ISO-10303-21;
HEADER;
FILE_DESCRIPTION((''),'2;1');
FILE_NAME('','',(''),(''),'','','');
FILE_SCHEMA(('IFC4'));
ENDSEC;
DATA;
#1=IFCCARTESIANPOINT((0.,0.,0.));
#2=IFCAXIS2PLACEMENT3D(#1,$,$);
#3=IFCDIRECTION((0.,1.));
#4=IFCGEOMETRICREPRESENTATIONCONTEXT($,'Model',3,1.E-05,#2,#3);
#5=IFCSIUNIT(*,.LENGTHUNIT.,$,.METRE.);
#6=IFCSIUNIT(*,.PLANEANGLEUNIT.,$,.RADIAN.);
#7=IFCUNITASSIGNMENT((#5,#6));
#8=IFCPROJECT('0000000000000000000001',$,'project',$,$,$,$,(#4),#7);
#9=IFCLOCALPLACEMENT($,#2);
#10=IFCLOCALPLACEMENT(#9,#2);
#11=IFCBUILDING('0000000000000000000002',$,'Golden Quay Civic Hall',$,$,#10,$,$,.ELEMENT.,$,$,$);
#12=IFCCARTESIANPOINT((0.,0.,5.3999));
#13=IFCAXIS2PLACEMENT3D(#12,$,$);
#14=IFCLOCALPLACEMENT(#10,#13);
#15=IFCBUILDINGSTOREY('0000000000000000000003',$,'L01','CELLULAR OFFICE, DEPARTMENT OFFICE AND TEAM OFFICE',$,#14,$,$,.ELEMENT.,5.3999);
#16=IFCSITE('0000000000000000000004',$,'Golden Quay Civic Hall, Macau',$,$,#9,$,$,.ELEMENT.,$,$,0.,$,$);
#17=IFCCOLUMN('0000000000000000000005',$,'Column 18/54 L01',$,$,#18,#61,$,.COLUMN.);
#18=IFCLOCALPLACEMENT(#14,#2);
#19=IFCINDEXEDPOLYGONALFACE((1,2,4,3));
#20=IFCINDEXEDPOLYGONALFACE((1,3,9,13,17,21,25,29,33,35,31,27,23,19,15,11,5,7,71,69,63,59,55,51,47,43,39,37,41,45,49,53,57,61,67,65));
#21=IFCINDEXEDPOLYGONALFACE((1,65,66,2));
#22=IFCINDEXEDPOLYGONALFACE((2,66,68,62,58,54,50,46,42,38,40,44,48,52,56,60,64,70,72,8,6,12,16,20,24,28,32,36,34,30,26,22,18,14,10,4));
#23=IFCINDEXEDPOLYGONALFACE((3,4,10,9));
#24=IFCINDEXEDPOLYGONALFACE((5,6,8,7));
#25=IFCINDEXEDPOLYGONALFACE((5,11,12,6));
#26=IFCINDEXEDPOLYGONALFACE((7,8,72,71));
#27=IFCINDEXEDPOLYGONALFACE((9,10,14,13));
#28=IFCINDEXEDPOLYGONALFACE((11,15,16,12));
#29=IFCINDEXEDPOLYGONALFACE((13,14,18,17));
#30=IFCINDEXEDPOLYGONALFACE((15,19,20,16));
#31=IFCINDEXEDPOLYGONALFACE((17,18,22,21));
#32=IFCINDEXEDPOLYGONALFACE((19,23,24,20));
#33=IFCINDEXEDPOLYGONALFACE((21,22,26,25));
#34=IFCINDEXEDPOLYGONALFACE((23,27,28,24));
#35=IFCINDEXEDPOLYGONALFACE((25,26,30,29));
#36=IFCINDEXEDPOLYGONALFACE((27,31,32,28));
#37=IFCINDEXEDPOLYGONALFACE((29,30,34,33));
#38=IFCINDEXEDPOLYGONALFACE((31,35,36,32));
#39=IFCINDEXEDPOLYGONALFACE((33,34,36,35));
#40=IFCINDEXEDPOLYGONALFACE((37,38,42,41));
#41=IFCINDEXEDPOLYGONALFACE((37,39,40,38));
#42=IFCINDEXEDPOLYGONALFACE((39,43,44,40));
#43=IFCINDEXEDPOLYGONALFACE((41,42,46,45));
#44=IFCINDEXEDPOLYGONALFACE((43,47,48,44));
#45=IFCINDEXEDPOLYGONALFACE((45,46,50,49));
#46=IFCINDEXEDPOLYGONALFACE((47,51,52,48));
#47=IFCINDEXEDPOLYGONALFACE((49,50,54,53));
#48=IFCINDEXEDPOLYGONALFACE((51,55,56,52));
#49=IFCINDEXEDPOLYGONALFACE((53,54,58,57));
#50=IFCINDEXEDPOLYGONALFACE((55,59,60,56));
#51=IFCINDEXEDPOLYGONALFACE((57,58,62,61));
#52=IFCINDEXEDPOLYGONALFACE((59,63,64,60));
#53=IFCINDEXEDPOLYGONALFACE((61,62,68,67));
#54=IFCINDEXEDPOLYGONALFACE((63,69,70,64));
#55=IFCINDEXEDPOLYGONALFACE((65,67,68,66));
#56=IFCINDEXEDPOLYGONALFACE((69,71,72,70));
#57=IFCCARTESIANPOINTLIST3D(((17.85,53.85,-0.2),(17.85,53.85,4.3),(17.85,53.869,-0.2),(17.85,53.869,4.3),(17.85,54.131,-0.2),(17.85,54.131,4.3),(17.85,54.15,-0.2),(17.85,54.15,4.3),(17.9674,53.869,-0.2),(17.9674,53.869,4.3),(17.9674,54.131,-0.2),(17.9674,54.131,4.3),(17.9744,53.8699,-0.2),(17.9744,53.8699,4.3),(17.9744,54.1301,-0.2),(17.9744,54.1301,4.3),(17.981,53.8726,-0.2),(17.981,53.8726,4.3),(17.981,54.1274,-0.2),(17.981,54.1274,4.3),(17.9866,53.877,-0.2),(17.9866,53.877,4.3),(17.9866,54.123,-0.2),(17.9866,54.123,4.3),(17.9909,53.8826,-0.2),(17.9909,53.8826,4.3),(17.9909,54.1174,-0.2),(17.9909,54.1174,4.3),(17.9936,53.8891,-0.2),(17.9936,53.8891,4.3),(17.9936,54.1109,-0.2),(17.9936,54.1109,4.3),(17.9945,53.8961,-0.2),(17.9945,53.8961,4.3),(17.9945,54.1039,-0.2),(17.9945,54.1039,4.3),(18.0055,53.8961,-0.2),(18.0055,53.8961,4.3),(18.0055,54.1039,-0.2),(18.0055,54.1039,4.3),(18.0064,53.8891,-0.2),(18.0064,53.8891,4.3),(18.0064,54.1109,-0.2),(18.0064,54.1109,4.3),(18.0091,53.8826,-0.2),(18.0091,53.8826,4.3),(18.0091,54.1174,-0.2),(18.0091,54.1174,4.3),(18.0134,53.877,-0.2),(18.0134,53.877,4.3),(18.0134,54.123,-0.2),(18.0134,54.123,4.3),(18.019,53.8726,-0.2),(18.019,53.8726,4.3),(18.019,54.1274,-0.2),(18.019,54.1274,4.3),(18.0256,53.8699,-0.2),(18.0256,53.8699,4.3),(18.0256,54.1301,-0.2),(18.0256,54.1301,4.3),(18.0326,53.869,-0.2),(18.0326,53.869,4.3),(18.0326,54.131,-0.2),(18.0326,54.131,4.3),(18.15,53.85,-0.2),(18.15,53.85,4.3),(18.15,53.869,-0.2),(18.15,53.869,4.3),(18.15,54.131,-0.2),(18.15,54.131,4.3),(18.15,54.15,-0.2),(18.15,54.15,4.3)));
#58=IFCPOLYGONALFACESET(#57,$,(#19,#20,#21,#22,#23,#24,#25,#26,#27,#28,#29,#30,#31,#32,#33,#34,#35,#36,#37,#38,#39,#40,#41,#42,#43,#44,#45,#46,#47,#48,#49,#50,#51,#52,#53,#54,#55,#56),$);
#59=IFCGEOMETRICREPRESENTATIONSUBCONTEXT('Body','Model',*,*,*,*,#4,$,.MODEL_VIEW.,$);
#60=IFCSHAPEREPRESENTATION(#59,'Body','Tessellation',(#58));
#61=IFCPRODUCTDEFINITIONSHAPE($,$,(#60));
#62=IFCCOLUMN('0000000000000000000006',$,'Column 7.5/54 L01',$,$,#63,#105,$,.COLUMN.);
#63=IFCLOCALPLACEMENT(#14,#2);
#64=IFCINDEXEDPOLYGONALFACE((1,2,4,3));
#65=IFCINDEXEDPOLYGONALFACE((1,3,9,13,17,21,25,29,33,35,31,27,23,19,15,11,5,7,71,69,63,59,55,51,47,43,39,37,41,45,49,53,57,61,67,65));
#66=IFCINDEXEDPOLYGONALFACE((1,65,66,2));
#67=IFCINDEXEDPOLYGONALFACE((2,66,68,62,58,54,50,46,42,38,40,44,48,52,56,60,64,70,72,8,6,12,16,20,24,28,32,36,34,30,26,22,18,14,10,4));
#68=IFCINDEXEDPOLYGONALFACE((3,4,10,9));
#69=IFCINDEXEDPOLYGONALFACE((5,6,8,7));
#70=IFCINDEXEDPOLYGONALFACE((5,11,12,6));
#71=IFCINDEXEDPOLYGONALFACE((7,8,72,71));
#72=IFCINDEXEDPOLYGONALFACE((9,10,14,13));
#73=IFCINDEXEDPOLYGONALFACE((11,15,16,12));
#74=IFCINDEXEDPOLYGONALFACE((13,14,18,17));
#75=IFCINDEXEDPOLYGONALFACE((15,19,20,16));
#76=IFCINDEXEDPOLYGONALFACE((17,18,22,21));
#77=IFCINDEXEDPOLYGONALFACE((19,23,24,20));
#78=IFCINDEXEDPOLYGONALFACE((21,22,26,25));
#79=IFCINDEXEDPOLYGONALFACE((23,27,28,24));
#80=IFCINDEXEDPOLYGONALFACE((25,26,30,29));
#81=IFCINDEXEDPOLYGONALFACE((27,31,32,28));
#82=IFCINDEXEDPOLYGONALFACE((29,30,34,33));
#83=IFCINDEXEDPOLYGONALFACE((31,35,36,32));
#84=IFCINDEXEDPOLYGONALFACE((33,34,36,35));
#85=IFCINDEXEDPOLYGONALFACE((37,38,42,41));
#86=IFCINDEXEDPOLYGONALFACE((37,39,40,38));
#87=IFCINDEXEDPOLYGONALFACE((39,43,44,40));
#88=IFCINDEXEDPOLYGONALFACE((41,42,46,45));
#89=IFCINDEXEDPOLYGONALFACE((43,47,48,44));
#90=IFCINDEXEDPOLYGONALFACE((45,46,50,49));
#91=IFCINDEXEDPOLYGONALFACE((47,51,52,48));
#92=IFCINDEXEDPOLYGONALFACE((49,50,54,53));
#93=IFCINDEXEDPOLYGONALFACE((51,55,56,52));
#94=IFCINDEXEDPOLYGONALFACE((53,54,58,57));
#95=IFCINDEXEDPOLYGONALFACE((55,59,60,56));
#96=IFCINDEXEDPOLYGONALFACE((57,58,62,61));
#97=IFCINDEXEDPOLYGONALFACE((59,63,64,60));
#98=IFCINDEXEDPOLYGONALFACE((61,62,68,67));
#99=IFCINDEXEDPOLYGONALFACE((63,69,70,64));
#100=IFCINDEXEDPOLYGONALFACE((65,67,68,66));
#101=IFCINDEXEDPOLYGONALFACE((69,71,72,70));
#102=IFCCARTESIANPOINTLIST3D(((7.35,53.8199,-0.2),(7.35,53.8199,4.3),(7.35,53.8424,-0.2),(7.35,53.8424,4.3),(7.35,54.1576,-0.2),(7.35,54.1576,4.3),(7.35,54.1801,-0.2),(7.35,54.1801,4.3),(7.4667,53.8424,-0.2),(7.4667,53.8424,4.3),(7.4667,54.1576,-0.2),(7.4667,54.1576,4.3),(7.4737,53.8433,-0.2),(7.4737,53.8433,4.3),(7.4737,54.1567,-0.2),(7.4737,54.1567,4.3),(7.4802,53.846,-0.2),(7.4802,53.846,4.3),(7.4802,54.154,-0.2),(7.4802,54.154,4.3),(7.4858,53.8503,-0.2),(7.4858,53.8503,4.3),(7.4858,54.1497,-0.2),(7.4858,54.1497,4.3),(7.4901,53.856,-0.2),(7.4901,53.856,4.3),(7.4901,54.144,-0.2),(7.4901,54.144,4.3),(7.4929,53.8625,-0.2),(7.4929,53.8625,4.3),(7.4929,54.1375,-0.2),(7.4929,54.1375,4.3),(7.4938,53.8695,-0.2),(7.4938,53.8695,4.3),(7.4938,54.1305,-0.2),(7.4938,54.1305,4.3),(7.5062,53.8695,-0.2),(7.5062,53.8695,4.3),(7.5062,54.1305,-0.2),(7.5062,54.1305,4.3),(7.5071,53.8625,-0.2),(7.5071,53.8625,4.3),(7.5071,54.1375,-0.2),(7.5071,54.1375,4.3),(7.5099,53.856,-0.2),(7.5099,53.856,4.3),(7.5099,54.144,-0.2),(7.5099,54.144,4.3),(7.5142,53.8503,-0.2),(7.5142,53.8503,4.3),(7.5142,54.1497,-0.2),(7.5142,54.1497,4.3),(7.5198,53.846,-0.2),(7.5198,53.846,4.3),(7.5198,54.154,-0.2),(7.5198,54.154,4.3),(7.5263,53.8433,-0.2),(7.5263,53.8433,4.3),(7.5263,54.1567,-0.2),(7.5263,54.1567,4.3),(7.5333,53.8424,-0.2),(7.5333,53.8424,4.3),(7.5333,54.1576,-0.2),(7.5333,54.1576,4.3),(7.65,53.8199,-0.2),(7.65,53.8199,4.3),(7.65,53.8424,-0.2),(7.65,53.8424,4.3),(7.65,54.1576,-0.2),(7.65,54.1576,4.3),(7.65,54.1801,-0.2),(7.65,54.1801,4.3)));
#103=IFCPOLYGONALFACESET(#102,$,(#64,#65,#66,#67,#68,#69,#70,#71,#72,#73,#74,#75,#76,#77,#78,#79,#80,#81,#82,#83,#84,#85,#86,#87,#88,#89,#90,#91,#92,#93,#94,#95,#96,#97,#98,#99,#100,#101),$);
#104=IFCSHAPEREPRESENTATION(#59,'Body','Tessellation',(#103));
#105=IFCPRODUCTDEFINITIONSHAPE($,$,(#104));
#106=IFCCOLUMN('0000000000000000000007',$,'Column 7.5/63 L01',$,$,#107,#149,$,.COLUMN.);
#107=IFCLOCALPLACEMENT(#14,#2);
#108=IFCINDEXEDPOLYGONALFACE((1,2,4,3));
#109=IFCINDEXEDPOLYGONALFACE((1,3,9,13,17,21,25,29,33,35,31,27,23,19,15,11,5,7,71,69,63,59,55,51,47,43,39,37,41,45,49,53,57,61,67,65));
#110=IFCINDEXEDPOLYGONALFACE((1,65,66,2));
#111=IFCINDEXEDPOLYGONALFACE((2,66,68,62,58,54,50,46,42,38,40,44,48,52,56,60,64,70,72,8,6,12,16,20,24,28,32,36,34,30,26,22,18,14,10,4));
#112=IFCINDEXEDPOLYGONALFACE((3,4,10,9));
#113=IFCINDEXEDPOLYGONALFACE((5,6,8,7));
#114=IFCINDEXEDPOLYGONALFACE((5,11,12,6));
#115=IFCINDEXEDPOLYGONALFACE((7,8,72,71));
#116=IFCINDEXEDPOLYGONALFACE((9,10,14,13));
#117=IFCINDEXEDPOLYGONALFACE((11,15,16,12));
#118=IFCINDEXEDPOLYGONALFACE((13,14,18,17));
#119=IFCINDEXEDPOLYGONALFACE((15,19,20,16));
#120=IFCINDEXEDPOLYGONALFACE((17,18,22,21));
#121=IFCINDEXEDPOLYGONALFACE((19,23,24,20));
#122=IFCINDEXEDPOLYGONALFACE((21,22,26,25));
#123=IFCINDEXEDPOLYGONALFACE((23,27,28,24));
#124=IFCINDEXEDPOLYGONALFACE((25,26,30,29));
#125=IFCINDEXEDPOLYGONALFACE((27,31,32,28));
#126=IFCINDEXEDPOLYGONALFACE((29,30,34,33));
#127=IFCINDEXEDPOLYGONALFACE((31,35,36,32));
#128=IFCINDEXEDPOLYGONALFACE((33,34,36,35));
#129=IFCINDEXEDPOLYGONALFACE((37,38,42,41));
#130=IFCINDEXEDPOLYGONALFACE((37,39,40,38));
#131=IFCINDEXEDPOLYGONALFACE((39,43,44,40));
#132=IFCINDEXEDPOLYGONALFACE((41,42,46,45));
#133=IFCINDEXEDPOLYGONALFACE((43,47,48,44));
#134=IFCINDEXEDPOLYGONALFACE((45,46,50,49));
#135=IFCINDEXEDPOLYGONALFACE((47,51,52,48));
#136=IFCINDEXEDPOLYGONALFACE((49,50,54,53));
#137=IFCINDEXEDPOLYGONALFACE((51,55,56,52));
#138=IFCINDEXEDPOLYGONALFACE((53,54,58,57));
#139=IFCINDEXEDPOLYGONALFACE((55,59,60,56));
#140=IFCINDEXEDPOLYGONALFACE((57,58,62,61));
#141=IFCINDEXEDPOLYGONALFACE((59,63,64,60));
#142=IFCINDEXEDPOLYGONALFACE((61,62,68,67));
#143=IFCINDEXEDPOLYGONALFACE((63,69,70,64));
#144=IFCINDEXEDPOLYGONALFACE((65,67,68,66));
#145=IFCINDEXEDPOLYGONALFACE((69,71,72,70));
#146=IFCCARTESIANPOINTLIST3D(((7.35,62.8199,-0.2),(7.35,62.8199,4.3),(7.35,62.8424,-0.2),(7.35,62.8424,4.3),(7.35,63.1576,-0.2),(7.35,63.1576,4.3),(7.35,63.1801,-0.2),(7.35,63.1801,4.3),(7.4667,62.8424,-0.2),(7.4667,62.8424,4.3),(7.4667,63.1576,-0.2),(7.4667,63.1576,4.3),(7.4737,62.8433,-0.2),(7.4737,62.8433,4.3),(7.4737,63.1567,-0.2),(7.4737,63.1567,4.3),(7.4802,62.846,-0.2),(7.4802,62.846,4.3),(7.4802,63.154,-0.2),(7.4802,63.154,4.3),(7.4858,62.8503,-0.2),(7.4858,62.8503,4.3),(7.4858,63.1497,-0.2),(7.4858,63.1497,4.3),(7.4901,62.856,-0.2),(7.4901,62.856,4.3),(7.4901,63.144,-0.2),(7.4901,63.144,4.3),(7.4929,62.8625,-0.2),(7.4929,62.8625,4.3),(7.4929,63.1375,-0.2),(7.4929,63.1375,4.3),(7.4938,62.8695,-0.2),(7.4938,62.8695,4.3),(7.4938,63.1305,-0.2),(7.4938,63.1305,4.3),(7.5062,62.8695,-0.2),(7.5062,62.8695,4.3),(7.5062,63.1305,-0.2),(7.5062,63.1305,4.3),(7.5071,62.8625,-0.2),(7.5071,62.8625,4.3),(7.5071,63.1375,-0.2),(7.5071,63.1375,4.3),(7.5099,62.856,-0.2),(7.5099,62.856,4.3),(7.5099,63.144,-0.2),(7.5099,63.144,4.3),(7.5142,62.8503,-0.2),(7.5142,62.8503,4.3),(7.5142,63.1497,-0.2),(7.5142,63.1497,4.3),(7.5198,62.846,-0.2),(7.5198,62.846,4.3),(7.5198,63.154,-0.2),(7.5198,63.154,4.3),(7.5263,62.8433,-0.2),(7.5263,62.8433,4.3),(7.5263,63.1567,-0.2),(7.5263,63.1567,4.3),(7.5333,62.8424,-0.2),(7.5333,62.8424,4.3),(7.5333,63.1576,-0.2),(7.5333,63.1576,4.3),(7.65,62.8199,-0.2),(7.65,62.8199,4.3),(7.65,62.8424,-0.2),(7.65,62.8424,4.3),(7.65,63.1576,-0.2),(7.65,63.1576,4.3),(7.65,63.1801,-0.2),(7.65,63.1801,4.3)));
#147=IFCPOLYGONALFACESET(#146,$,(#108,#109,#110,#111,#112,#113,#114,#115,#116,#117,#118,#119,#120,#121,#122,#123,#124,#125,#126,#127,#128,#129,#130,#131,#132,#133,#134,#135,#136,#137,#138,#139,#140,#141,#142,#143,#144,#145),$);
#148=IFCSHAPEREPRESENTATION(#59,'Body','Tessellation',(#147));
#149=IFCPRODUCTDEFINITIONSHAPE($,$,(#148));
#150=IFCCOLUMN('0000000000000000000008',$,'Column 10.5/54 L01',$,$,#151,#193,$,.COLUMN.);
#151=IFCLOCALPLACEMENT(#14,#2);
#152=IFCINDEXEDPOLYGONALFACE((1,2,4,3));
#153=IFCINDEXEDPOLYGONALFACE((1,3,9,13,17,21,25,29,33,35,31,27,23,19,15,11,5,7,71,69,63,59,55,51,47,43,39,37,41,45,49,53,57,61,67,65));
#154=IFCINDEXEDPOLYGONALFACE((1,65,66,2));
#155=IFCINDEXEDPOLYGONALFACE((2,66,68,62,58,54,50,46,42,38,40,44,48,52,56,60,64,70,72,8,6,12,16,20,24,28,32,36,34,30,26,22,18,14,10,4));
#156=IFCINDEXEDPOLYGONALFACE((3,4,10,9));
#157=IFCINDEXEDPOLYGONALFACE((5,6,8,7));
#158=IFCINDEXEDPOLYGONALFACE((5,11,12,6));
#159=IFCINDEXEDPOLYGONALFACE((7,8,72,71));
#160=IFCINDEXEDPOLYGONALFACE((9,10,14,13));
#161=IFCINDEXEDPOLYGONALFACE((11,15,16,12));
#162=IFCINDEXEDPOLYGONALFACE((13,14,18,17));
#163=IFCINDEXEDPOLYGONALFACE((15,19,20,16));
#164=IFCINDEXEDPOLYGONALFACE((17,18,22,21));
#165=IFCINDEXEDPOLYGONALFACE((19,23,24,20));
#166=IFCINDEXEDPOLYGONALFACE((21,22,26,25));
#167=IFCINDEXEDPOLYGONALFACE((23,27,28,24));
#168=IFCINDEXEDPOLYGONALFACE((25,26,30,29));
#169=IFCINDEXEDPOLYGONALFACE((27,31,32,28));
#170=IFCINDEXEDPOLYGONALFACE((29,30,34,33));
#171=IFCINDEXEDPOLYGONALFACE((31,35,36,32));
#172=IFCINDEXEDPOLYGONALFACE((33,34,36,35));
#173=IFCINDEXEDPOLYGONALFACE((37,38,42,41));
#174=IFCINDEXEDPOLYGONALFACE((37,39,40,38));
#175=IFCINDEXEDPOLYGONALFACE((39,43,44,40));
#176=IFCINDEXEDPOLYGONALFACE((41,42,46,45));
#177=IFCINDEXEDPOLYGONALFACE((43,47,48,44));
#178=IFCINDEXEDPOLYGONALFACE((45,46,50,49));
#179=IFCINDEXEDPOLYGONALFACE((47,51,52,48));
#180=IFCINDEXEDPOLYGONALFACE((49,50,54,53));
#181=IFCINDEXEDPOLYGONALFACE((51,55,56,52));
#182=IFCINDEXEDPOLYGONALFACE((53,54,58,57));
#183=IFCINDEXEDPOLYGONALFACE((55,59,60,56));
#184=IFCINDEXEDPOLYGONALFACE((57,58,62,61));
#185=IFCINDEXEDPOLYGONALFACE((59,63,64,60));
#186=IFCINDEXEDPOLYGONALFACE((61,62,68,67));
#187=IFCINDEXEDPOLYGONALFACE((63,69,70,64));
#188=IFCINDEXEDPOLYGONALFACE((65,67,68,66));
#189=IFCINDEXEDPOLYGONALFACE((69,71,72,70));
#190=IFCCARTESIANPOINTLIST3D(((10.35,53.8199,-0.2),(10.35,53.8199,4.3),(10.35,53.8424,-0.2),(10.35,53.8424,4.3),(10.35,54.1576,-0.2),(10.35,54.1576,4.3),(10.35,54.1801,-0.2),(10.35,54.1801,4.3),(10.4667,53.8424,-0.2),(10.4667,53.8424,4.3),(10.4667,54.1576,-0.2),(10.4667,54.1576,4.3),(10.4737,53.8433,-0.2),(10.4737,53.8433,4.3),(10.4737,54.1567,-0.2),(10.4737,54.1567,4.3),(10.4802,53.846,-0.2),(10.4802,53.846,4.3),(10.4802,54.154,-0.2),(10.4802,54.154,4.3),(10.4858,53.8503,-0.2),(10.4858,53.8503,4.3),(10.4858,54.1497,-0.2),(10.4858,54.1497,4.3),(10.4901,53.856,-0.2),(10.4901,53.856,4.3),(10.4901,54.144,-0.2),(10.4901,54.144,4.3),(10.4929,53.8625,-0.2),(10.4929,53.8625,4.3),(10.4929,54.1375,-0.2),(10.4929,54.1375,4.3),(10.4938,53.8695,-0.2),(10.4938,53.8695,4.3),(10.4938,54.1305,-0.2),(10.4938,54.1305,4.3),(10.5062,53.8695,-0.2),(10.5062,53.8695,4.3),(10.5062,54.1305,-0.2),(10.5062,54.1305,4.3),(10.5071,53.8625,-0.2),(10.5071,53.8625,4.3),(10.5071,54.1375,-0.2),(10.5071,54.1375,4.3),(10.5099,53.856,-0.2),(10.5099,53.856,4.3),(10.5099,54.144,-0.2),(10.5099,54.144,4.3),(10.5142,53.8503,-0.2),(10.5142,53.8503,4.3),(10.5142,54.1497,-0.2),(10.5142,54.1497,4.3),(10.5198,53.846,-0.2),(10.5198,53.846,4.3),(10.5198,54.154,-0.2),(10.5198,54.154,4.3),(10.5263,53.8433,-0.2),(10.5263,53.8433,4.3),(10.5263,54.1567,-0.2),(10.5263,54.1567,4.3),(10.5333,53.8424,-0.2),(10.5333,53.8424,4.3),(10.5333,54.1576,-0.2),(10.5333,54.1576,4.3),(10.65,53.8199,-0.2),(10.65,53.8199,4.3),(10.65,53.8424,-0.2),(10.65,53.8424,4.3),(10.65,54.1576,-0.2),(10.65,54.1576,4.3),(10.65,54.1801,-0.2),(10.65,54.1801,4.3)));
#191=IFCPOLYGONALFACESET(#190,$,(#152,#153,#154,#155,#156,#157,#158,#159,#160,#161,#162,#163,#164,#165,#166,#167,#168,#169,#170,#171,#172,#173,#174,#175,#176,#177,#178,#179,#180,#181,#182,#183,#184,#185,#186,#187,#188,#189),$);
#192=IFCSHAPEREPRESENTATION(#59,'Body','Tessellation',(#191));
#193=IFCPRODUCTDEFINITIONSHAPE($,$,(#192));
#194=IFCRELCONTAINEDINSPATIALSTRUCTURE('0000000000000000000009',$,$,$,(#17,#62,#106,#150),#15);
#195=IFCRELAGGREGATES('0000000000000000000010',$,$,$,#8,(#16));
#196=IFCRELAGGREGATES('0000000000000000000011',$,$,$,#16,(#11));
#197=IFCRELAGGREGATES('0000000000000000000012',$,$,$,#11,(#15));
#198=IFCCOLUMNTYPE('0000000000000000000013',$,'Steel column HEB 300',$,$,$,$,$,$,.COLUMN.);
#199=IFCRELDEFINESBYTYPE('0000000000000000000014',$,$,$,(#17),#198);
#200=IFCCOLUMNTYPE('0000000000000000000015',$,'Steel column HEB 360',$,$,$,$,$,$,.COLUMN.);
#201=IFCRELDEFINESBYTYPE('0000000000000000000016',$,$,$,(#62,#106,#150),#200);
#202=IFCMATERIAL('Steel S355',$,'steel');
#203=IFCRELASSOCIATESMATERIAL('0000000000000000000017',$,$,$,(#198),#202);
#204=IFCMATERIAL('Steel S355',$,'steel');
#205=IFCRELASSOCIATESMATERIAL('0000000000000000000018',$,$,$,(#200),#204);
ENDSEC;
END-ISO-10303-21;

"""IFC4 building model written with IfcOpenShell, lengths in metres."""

from ifc_helpers import new_model, si_unit, direction, frame, origin, origin_2d, place, context, subcontext, project, spatial, i_section, extrude, material, material_profile, profile_set, type_object, element, save


model = new_model("IFC4")

# Units and contexts
model_context = context("Model", 3, precision=1e-05, world=origin(), true_north=direction((0.0, 1.0)))
body_context = subcontext(model_context, "Body", "Model", "MODEL_VIEW")
ifc_project = project(units=[si_unit("LENGTHUNIT", "METRE"), si_unit("PLANEANGLEUNIT", "RADIAN")], contexts=[model_context])

# Site, building, storey
site_placement = place(None, origin())
site = spatial("IfcSite", under=ifc_project, at=site_placement, Name="Golden Quay Civic Hall, Macau", CompositionType="ELEMENT", RefElevation=0.0)
building_placement = place(site_placement, origin())
building = spatial("IfcBuilding", under=site, at=building_placement, Name="Golden Quay Civic Hall", CompositionType="ELEMENT")
storey_placement = place(building_placement, frame((0.0, 0.0, 5.3999)))
storey = spatial("IfcBuildingStorey", under=building, at=storey_placement, Name="L01", Description="CELLULAR OFFICE, DEPARTMENT OFFICE AND TEAM OFFICE", CompositionType="ELEMENT", Elevation=5.3999)

# Columns
ifc_material_1 = material(Name="Steel S355", Category="steel")
ifc_material_profile_1 = material_profile(ifc_material_1, i_section(OverallWidth=0.3, OverallDepth=0.3, WebThickness=0.011, FlangeThickness=0.019, FilletRadius=0.0271, at=origin_2d()), Name="HEB 300")
ifc_profile_set_1 = profile_set([ifc_material_profile_1], Name="Steel S355")
column_type_1 = type_object("IfcColumnType", Name="Steel column HEB 300", PredefinedType="COLUMN", material=ifc_profile_set_1)
column_placement = place(storey_placement, frame((18.0, 54.0, -0.2), z_axis=(0.0, 0.0, 1.0), x_axis=(1.0, 0.0, 0.0)))
element("IfcColumn", 1, at=column_placement, inside=storey, type_object=column_type_1, Name="Column 18/54 L01", PredefinedType="COLUMN", context=body_context, shape_type="SweptSolid", body=[
    extrude(i_section(OverallWidth=0.3, OverallDepth=0.3, WebThickness=0.011, FlangeThickness=0.019, FilletRadius=0.0271, at=origin_2d()), origin(), (0.0, 0.0, 1.0), 4.5),
])
ifc_material_2 = material(Name="Steel S355", Category="steel")
ifc_material_profile_2 = material_profile(ifc_material_2, i_section(OverallWidth=0.3, OverallDepth=0.3601, WebThickness=0.0125, FlangeThickness=0.0225, FilletRadius=0.0271, at=origin_2d()), Name="HEB 360")
ifc_profile_set_2 = profile_set([ifc_material_profile_2], Name="Steel S355")
column_type_2 = type_object("IfcColumnType", Name="Steel column HEB 360", PredefinedType="COLUMN", material=ifc_profile_set_2)
for number, where, z_axis, x_axis, name in (
    (2, (7.5, 54.0, -0.2), (0.0, 0.0, 1.0), (1.0, 0.0, 0.0), "Column 7.5/54 L01"),
    (3, (7.5, 63.0, -0.2), (0.0, 0.0, 1.0), (1.0, 0.0, 0.0), "Column 7.5/63 L01"),
    (4, (10.5, 54.0, -0.2), (0.0, 0.0, 1.0), (1.0, 0.0, 0.0), "Column 10.5/54 L01"),
):
    element("IfcColumn", number, at=place(storey_placement, frame(where, z_axis=z_axis, x_axis=x_axis)), inside=storey, type_object=column_type_2, Name=name, PredefinedType="COLUMN", context=body_context, shape_type="SweptSolid", body=[
        extrude(i_section(OverallWidth=0.3, OverallDepth=0.3601, WebThickness=0.0125, FlangeThickness=0.0225, FilletRadius=0.0271, at=origin_2d()), origin(), (0.0, 0.0, 1.0), 4.5),
    ])

save(model, "model.ifc")
